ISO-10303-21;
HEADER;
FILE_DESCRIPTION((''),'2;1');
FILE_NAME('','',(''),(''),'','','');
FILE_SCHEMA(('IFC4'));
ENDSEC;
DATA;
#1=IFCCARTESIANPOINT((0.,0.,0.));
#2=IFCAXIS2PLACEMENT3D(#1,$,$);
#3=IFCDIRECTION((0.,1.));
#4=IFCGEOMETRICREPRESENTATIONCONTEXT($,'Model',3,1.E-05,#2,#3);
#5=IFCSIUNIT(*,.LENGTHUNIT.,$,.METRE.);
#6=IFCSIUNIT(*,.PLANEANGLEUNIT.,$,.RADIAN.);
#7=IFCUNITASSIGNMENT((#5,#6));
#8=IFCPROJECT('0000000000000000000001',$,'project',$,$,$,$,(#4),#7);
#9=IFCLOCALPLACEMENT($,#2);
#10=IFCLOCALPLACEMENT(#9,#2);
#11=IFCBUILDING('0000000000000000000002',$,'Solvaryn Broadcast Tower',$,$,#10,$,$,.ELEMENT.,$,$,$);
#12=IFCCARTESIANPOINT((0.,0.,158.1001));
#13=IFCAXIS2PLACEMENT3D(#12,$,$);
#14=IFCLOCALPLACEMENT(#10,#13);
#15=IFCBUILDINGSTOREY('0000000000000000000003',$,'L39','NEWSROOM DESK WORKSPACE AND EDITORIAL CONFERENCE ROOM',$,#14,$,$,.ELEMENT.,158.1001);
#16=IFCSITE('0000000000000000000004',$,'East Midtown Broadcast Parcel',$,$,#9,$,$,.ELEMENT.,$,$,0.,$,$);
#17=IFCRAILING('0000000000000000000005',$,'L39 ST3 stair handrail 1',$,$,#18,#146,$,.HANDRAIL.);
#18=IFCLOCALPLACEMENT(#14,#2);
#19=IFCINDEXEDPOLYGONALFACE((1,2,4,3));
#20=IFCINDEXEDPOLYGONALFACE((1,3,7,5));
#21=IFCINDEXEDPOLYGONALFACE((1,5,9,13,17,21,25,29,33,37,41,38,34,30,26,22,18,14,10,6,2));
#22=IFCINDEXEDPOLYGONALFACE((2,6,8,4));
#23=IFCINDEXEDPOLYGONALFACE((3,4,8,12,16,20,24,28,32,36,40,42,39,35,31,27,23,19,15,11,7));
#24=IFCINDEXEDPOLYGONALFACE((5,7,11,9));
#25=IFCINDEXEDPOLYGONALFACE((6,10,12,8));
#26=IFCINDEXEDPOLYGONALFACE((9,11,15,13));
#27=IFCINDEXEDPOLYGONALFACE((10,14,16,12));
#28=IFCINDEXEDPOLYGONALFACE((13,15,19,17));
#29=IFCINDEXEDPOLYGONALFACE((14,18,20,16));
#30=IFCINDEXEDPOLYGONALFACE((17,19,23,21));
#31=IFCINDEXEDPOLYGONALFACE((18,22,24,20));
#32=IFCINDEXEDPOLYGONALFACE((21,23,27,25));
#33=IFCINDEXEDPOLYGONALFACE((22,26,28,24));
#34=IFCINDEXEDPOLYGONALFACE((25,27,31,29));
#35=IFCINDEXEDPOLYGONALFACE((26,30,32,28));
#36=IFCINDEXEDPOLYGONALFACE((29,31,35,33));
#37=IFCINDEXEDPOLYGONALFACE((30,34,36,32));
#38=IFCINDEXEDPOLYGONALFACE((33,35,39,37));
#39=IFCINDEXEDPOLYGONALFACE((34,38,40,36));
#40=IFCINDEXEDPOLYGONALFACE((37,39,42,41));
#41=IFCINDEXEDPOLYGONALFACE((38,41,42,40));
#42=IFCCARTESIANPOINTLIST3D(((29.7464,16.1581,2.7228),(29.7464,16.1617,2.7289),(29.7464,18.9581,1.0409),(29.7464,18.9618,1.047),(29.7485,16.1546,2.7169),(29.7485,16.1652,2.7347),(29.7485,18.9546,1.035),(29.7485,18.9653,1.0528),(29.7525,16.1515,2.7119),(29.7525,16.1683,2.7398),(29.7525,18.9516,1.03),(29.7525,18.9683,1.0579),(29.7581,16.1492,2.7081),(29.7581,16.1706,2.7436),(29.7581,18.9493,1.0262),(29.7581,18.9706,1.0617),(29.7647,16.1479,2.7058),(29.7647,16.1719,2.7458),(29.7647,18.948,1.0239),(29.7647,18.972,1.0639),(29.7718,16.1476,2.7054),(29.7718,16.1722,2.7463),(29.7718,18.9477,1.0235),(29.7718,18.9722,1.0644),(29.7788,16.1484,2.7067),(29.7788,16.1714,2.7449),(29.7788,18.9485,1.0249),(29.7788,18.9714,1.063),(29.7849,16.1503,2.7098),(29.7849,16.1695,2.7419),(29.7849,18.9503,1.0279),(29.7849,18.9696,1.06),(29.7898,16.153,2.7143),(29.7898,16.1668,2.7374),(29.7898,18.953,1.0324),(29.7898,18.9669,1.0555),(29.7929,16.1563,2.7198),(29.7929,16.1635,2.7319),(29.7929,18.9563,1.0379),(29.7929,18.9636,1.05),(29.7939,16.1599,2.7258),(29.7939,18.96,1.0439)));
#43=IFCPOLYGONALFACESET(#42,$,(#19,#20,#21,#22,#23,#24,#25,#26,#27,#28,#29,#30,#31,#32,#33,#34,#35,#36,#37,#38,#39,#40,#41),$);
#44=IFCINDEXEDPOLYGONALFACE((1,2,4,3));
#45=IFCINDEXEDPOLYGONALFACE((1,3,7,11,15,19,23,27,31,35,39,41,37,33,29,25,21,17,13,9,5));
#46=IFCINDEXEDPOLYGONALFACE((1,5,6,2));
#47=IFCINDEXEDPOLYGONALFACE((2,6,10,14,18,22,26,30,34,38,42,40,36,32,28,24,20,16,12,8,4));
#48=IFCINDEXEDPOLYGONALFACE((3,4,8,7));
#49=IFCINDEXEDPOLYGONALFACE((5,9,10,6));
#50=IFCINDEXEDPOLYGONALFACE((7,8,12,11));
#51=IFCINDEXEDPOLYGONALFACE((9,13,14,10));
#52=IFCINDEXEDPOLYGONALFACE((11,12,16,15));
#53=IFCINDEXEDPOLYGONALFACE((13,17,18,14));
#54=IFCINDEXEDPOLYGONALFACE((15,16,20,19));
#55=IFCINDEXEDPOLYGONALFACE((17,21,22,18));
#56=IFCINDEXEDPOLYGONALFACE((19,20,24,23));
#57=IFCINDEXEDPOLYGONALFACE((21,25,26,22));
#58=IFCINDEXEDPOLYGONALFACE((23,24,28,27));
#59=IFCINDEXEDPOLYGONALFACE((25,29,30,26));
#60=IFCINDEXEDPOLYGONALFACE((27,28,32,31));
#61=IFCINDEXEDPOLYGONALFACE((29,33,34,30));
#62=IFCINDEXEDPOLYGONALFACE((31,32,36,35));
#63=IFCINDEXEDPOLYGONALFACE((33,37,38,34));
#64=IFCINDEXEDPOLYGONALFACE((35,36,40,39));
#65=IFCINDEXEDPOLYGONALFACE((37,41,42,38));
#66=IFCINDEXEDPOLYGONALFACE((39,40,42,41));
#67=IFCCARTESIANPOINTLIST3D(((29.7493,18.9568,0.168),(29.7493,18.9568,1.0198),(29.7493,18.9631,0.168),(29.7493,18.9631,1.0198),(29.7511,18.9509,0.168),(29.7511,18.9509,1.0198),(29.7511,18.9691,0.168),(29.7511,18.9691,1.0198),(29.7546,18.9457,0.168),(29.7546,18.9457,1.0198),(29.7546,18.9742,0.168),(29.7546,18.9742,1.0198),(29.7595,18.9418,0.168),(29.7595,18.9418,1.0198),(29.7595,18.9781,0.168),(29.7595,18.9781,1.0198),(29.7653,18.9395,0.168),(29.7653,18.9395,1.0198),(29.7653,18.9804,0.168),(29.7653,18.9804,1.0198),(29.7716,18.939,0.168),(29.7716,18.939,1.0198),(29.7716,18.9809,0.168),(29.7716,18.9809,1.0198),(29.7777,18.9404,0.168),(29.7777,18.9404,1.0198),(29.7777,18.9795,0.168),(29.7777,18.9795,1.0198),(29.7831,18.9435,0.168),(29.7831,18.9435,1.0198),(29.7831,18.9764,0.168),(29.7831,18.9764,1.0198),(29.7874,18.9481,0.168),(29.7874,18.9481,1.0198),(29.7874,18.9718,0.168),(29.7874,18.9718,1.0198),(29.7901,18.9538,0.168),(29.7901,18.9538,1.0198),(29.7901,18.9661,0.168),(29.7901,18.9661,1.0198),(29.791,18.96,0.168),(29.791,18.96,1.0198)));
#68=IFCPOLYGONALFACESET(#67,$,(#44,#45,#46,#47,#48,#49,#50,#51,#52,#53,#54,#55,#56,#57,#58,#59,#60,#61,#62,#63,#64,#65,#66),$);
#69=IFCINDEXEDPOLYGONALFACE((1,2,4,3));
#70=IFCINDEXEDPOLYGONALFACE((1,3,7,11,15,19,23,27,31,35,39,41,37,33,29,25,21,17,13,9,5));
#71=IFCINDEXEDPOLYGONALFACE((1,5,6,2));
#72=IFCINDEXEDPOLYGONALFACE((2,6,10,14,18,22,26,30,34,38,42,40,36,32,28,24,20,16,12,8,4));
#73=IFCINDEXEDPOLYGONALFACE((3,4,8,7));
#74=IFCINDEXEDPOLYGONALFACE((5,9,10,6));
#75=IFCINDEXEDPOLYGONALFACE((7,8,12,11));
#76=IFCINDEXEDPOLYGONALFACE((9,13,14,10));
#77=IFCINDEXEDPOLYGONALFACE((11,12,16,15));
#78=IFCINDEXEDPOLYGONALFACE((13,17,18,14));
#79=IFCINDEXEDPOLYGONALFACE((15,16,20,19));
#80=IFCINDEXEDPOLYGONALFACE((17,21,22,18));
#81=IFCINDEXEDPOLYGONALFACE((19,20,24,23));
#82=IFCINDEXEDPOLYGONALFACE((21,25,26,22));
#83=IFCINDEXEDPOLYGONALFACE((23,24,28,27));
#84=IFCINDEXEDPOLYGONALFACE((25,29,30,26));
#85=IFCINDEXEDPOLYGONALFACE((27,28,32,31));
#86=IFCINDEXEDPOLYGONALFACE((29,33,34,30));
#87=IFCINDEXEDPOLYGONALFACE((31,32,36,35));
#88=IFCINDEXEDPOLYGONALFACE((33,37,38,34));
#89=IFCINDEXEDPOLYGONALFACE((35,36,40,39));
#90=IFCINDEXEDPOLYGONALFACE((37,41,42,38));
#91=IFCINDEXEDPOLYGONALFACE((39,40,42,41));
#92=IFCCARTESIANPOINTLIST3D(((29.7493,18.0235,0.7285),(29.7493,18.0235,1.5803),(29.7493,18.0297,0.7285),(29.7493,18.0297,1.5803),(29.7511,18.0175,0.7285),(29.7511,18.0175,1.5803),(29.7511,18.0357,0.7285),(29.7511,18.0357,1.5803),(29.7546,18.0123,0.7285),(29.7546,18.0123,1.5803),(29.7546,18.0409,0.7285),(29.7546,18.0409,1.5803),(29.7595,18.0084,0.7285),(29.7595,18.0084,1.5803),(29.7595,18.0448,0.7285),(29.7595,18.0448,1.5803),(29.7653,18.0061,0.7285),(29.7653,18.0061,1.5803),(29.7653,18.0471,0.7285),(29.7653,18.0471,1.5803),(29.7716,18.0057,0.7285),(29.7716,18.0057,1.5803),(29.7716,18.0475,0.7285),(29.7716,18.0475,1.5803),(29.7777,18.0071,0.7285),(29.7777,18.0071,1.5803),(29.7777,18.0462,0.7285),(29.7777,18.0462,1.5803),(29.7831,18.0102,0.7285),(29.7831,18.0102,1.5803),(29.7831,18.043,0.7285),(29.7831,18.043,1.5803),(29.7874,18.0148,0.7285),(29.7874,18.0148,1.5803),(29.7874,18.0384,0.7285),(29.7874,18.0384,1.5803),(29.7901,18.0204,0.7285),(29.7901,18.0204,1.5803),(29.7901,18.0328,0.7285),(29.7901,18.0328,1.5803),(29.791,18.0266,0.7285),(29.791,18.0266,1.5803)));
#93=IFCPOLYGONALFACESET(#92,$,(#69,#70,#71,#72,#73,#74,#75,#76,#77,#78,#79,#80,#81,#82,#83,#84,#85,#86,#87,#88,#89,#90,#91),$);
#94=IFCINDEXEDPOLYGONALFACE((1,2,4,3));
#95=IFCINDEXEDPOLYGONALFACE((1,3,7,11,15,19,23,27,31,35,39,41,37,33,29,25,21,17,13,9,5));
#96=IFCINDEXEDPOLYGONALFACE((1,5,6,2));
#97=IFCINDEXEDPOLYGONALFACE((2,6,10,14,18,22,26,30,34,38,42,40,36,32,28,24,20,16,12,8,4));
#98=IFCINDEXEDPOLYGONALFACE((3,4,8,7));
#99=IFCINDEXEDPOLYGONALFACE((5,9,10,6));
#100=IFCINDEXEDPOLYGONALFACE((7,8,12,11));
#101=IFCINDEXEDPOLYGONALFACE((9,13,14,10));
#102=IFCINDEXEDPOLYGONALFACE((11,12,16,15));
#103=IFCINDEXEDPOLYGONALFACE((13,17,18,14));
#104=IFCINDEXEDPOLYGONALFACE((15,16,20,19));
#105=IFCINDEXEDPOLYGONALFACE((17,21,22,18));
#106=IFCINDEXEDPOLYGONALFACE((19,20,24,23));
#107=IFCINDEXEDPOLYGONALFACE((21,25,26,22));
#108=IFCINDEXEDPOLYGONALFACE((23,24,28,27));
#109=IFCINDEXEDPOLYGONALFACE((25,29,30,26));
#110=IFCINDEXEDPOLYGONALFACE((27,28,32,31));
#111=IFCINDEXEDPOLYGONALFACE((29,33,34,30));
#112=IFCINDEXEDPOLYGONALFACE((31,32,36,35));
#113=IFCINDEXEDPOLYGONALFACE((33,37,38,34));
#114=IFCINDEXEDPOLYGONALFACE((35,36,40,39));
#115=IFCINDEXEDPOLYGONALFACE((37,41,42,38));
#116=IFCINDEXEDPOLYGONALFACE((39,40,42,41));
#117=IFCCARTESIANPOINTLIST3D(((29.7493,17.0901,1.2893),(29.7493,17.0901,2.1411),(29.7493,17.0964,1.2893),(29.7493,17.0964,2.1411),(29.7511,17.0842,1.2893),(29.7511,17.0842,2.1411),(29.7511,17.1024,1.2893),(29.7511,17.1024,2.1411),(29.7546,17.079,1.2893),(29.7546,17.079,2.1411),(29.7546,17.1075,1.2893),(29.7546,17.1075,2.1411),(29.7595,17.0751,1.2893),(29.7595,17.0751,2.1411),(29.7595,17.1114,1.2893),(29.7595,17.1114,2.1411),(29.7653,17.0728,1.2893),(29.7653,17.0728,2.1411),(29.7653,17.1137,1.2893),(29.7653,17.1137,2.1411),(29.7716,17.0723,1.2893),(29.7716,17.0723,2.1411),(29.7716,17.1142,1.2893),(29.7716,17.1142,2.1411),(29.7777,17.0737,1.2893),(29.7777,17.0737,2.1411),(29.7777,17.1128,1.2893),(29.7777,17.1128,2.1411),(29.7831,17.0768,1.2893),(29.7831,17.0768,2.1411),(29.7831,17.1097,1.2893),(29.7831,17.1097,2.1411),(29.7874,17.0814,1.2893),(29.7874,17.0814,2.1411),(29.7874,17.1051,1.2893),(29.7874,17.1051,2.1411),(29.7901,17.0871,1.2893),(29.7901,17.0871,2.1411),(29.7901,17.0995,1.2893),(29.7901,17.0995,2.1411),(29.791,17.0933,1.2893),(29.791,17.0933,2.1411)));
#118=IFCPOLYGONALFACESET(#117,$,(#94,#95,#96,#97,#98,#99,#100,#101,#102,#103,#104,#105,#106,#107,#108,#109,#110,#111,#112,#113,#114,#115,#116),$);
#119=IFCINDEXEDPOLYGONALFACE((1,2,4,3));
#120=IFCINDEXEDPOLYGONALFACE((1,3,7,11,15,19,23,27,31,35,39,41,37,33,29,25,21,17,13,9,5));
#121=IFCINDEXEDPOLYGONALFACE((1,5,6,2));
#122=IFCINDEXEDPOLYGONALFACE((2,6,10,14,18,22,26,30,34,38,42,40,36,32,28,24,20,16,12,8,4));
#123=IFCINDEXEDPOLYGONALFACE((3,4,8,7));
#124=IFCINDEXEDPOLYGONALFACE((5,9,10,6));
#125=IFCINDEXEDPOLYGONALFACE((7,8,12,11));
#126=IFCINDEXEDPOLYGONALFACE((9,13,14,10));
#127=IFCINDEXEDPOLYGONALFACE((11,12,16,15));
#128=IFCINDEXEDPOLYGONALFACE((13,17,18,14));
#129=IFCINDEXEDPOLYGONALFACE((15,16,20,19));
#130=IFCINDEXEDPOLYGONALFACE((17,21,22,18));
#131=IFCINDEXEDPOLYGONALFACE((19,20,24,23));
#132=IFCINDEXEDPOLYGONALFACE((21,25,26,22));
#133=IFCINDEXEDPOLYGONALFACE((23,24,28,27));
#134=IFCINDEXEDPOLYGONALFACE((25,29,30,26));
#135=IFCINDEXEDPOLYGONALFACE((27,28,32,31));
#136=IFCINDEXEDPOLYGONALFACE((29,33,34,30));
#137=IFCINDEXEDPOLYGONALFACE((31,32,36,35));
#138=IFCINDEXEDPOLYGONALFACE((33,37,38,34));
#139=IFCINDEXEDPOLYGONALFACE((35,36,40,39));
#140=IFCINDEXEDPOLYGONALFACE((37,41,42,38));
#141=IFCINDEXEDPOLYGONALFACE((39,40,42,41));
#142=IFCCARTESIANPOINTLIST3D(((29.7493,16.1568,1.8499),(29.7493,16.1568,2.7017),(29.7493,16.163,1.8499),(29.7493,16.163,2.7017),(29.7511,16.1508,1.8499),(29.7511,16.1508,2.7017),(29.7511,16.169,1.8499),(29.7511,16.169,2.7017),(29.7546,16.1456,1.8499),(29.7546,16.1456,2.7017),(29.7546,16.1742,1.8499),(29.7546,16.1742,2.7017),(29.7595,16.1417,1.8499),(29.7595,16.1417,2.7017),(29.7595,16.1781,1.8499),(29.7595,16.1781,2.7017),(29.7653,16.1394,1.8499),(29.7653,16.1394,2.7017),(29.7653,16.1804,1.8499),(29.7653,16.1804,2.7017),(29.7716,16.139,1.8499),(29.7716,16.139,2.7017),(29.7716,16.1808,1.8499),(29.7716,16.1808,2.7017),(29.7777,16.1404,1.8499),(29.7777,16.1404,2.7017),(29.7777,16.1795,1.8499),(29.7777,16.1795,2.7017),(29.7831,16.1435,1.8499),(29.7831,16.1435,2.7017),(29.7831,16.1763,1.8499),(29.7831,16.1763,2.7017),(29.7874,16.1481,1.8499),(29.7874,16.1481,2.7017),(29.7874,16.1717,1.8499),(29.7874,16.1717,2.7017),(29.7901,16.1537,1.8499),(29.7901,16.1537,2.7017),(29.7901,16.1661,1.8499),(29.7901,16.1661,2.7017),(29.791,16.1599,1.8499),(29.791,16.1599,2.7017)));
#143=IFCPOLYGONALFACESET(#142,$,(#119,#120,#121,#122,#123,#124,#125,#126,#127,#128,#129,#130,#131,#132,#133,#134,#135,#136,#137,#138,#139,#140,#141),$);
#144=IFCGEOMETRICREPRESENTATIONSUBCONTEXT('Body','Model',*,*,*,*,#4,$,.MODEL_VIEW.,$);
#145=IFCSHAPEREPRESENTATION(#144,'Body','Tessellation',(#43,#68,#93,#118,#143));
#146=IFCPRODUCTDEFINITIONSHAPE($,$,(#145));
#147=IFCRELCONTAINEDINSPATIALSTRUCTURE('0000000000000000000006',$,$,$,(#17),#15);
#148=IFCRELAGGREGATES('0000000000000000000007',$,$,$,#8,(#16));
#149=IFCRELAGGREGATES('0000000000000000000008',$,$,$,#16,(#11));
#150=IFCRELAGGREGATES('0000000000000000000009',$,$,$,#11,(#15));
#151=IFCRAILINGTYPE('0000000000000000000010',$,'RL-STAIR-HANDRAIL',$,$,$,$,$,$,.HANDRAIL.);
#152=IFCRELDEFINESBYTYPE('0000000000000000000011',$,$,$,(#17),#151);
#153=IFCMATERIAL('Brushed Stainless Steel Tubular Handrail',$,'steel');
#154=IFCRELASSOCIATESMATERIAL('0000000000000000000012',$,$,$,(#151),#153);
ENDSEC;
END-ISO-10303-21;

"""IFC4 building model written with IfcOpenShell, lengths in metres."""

from ifc_helpers import new_model, si_unit, direction, frame, origin, origin_2d, place, context, subcontext, project, spatial, circle, extrude, material, type_object, element, save


model = new_model("IFC4")

# Units and contexts
model_context = context("Model", 3, precision=1e-05, world=origin(), true_north=direction((0.0, 1.0)))
body_context = subcontext(model_context, "Body", "Model", "MODEL_VIEW")
ifc_project = project(units=[si_unit("LENGTHUNIT", "METRE"), si_unit("PLANEANGLEUNIT", "RADIAN")], contexts=[model_context])

# Site, building, storey
site_placement = place(None, origin())
site = spatial("IfcSite", under=ifc_project, at=site_placement, Name="East Midtown Broadcast Parcel", CompositionType="ELEMENT", RefElevation=0.0)
building_placement = place(site_placement, origin())
building = spatial("IfcBuilding", under=site, at=building_placement, Name="Solvaryn Broadcast Tower", CompositionType="ELEMENT")
storey_placement = place(building_placement, frame((0.0, 0.0, 158.1001)))
storey = spatial("IfcBuildingStorey", under=building, at=storey_placement, Name="L39", Description="NEWSROOM DESK WORKSPACE AND EDITORIAL CONFERENCE ROOM", CompositionType="ELEMENT", Elevation=158.1001)

# Railing
ifc_material_1 = material(Name="Brushed Stainless Steel Tubular Handrail", Category="steel")
railing_type_1 = type_object("IfcRailingType", Name="RL-STAIR-HANDRAIL", PredefinedType="HANDRAIL", material=ifc_material_1)
railing_1_placement = place(storey_placement, frame((29.77, 18.96, 0.168)))
element("IfcRailing", 1, at=railing_1_placement, inside=storey, type_object=railing_type_1, Name="L39 ST3 stair handrail 1", PredefinedType="HANDRAIL", context=body_context, shape_type="SweptSolid", body=[
    extrude(circle(Radius=0.0239, at=origin_2d()), frame((0.0, 0.0, 0.876), z_axis=(0.0, -0.857242, 0.514913), x_axis=(1.0, 0.0, 0.0)), (0.0, 0.0, 1.0), 3.2664),
    extrude(circle(Radius=0.021, at=origin_2d()), origin(), (0.0, 0.0, 1.0), 0.8518),
    extrude(circle(Radius=0.021, at=origin_2d()), frame((0.0, -0.9333, 0.5605)), (0.0, 0.0, 1.0), 0.8518),
    extrude(circle(Radius=0.021, at=origin_2d()), frame((0.0, -1.8667, 1.1213)), (0.0, 0.0, 1.0), 0.8518),
    extrude(circle(Radius=0.021, at=origin_2d()), frame((0.0, -2.8, 1.6819)), (0.0, 0.0, 1.0), 0.8518),
])

save(model, "model.ifc")
